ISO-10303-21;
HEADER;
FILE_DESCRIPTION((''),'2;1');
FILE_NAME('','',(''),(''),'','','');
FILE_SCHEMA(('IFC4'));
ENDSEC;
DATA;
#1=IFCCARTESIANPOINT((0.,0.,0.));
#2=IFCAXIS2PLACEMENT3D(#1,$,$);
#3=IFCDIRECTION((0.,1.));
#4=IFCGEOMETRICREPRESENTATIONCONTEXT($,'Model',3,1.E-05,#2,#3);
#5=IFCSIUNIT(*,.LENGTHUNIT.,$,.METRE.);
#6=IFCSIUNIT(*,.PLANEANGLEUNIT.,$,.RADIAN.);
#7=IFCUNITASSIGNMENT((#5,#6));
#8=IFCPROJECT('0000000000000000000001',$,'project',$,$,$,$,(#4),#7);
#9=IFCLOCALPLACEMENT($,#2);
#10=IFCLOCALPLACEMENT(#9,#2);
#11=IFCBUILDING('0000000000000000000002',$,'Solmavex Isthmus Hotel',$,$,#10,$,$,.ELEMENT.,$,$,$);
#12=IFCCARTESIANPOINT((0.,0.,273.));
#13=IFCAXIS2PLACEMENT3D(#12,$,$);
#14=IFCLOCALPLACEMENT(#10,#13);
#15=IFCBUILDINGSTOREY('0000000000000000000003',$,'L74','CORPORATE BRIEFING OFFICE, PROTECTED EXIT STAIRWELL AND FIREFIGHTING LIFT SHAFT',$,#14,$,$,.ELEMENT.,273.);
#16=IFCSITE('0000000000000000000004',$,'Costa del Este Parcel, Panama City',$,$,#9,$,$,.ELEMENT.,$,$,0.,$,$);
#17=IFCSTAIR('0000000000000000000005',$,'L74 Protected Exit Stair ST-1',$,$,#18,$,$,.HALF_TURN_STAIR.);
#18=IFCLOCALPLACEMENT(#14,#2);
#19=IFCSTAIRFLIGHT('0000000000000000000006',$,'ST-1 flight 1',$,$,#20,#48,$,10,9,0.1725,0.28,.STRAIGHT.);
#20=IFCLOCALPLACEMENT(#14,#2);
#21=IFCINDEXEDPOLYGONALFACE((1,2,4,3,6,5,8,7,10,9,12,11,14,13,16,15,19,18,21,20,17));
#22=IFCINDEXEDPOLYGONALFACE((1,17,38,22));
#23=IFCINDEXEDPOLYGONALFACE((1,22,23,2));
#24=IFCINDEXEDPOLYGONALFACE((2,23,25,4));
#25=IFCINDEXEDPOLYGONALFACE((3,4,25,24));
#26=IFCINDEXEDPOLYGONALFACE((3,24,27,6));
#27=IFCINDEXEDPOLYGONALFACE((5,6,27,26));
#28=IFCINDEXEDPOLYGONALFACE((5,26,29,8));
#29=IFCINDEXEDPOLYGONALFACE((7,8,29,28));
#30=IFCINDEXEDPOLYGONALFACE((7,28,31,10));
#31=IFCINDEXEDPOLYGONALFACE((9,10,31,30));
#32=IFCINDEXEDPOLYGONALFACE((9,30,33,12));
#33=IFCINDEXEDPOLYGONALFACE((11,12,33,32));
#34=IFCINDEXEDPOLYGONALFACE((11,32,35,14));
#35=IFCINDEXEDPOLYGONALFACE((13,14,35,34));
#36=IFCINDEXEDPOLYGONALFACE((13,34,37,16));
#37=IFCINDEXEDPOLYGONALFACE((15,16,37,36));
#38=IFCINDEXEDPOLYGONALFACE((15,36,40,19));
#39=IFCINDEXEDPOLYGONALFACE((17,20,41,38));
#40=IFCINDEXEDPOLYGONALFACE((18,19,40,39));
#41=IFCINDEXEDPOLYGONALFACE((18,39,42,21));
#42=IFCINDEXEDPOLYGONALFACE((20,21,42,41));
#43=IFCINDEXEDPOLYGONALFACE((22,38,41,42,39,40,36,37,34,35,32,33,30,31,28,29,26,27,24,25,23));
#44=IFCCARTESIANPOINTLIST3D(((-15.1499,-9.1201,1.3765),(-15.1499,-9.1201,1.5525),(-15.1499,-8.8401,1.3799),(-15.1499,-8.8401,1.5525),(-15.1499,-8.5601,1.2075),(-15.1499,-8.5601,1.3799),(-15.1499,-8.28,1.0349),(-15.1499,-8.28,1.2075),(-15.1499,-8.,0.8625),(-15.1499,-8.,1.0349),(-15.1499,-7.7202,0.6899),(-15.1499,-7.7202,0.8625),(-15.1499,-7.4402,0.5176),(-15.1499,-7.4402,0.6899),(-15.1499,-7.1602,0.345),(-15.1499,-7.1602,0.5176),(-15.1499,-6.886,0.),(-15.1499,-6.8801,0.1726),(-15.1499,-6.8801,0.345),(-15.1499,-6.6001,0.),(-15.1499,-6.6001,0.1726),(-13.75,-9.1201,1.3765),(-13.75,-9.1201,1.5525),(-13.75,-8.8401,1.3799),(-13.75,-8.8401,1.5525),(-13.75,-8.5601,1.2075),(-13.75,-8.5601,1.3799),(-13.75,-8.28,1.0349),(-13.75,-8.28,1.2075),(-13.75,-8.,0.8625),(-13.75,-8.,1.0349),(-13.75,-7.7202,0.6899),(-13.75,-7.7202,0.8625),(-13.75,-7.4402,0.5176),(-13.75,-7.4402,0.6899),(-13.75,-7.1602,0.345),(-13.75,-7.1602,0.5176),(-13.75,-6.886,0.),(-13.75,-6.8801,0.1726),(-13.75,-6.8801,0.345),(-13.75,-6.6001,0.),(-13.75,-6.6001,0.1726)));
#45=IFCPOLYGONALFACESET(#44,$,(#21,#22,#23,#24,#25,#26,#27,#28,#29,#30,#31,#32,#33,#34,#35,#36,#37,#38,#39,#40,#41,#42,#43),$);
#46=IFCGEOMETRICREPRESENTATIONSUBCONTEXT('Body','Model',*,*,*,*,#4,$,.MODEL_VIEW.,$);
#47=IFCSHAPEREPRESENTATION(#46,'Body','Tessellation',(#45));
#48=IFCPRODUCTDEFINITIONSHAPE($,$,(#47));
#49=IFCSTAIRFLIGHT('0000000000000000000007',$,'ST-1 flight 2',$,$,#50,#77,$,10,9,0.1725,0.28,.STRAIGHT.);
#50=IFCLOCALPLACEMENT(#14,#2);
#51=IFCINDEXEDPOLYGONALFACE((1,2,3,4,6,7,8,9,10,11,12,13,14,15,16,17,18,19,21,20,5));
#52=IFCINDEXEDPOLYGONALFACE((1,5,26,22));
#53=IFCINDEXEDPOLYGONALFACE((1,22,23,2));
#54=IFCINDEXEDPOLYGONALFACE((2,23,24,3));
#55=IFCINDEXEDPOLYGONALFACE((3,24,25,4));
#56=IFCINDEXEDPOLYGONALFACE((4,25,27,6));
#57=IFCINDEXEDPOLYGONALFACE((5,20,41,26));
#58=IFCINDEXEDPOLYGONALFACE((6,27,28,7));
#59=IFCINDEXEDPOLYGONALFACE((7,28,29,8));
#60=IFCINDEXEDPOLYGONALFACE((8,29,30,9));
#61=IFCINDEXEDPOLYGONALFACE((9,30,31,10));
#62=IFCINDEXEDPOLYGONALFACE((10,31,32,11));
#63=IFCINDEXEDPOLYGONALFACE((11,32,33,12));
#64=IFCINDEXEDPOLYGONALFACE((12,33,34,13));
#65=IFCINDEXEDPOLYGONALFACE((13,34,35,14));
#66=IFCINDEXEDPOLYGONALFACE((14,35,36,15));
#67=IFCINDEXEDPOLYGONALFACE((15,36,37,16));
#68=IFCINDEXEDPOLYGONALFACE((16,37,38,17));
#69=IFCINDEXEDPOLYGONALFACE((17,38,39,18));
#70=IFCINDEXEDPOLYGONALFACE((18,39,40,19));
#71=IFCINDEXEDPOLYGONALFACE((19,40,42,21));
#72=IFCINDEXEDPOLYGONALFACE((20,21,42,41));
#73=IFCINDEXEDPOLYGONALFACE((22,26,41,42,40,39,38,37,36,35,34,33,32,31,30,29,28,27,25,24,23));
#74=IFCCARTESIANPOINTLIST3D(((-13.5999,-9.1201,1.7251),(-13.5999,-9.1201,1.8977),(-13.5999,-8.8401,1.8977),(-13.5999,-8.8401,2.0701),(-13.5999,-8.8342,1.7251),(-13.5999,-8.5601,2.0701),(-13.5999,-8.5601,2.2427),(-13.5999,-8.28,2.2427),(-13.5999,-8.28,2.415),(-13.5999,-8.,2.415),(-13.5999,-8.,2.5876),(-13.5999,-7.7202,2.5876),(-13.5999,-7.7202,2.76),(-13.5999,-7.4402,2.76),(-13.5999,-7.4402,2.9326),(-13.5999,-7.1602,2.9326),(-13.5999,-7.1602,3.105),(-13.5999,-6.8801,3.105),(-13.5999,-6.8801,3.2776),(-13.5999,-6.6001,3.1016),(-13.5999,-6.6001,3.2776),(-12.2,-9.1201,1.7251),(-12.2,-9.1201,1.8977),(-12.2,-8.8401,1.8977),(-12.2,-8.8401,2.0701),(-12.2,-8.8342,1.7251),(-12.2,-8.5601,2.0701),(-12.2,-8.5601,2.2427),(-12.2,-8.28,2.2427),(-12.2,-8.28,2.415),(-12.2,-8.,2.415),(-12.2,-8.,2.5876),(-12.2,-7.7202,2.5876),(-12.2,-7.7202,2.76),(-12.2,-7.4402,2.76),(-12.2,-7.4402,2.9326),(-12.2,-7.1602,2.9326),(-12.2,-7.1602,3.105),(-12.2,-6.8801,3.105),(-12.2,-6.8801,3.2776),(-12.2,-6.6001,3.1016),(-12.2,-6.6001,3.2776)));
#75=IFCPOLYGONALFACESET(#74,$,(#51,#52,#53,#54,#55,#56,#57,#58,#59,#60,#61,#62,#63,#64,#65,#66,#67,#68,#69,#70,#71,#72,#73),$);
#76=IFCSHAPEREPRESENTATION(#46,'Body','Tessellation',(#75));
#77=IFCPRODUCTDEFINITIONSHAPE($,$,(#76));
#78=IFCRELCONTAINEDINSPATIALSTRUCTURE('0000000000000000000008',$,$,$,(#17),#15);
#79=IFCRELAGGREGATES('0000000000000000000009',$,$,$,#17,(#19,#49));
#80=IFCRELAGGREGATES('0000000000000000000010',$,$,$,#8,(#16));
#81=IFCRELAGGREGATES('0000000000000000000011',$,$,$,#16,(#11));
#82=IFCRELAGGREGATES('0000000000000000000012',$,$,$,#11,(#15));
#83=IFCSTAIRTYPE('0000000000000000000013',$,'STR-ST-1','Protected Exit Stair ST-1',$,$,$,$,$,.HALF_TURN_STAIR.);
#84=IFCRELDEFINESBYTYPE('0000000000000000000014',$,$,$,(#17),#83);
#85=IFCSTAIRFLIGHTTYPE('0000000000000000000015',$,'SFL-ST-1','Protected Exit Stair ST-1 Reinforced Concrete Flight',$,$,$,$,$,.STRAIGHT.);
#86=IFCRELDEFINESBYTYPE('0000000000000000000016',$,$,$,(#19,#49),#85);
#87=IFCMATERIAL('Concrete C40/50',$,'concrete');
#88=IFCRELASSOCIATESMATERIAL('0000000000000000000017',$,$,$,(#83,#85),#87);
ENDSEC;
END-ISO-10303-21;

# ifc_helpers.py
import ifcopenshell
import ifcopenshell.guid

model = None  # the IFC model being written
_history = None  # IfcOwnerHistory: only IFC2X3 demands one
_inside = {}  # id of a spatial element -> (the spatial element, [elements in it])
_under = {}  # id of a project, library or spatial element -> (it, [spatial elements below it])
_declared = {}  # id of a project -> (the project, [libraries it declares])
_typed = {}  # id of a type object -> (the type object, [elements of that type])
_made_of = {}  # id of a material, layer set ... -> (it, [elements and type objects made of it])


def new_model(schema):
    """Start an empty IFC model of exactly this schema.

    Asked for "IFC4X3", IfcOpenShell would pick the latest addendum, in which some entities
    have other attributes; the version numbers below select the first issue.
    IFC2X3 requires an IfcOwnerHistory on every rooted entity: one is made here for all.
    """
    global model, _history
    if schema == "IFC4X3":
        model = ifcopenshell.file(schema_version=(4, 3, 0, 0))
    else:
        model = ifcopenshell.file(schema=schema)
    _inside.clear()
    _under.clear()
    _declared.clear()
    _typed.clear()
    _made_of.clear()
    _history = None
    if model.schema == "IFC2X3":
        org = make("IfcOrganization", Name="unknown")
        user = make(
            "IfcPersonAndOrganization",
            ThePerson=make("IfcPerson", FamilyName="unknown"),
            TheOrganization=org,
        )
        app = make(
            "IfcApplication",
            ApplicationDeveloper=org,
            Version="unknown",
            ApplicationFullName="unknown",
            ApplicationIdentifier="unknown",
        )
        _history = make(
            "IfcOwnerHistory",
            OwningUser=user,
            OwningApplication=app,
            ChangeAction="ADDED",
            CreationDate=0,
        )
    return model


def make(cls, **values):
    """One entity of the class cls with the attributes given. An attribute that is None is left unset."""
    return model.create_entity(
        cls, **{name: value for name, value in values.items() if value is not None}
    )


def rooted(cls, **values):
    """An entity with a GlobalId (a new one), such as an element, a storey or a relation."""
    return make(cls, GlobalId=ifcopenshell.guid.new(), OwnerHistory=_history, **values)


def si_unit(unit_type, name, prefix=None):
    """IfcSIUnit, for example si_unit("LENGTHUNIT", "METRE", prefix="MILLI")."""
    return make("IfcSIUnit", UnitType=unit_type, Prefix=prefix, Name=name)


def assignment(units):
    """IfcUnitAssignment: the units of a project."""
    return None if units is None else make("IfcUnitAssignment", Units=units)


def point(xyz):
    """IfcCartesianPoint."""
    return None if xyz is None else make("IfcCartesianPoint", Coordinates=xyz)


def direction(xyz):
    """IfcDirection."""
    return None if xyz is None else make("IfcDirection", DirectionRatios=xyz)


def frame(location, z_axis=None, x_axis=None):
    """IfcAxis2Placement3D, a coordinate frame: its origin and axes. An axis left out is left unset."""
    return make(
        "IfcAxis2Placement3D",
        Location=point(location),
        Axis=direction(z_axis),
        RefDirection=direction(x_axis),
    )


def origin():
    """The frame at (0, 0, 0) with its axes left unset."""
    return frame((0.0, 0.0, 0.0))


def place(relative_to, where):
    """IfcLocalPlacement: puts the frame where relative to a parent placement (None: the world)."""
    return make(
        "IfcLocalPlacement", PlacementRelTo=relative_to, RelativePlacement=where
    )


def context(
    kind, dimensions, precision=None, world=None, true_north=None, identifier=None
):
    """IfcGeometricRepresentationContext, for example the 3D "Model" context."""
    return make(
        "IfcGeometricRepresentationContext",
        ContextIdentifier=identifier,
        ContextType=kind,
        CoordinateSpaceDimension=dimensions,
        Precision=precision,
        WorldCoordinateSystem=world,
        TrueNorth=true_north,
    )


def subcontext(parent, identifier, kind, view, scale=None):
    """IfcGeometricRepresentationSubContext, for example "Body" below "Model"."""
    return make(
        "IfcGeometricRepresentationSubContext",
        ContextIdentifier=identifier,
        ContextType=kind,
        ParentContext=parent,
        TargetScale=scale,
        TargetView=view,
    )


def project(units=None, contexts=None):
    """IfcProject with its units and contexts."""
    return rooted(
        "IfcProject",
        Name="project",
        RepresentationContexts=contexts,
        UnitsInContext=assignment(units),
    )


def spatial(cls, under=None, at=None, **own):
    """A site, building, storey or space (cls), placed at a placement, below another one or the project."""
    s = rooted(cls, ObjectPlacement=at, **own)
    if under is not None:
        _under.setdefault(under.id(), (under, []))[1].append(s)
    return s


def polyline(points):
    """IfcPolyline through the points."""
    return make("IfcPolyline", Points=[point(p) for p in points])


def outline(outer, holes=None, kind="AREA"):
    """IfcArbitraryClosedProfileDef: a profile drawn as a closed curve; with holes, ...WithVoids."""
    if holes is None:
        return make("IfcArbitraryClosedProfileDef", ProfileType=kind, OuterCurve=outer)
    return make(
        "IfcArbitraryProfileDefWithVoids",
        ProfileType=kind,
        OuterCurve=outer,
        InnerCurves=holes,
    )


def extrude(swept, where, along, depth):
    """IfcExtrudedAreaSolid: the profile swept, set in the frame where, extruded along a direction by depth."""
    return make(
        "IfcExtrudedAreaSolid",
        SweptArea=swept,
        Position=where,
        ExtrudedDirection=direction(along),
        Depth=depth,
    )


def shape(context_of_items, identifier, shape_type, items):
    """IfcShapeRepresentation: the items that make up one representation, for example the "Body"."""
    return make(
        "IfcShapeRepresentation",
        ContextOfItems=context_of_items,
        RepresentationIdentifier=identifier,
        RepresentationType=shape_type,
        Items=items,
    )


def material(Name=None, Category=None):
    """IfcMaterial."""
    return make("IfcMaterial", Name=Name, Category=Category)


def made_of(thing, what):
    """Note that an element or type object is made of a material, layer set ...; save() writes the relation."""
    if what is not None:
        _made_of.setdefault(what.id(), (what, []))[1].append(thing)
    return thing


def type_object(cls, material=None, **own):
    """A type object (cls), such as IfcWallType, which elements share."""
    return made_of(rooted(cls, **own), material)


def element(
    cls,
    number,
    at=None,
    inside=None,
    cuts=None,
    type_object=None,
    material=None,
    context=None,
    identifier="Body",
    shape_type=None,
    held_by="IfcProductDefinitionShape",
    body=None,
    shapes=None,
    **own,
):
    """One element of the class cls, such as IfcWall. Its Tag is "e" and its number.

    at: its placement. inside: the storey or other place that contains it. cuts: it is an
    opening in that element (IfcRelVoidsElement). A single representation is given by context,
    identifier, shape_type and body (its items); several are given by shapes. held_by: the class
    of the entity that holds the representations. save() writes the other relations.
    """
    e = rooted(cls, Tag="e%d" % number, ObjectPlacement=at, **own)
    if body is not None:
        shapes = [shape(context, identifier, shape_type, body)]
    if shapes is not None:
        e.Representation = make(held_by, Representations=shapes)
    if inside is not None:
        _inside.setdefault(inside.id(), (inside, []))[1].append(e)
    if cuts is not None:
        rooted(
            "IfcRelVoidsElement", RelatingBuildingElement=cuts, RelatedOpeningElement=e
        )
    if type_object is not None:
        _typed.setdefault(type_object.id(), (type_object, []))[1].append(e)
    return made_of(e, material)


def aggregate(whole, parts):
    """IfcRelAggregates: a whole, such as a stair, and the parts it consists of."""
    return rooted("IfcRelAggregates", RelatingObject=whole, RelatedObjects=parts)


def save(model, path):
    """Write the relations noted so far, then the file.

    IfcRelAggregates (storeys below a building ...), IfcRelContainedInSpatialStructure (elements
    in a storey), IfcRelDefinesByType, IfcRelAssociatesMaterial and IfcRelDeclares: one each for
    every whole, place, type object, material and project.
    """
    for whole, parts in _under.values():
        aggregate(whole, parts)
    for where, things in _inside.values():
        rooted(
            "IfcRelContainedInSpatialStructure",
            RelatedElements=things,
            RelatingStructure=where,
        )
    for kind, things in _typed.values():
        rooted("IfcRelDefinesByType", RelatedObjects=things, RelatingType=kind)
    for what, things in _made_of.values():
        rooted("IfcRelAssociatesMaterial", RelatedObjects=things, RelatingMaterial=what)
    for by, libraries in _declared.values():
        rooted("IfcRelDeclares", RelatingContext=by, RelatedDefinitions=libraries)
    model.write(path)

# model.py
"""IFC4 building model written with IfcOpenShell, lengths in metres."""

from ifc_helpers import new_model, si_unit, direction, frame, origin, place, context, subcontext, project, spatial, polyline, outline, extrude, material, type_object, element, aggregate, save


model = new_model("IFC4")

# Units and contexts
model_context = context("Model", 3, precision=1e-05, world=origin(), true_north=direction((0.0, 1.0)))
body_context = subcontext(model_context, "Body", "Model", "MODEL_VIEW")
ifc_project = project(units=[si_unit("LENGTHUNIT", "METRE"), si_unit("PLANEANGLEUNIT", "RADIAN")], contexts=[model_context])

# Site, building, storey
site_placement = place(None, origin())
site = spatial("IfcSite", under=ifc_project, at=site_placement, Name="Costa del Este Parcel, Panama City", CompositionType="ELEMENT", RefElevation=0.0)
building_placement = place(site_placement, origin())
building = spatial("IfcBuilding", under=site, at=building_placement, Name="Solmavex Isthmus Hotel", CompositionType="ELEMENT")
storey_placement = place(building_placement, frame((0.0, 0.0, 273.0)))
storey = spatial("IfcBuildingStorey", under=building, at=storey_placement, Name="L74", Description="CORPORATE BRIEFING OFFICE, PROTECTED EXIT STAIRWELL AND FIREFIGHTING LIFT SHAFT", CompositionType="ELEMENT", Elevation=273.0)

# Shared definitions
ifc_material_1 = material(Name="Concrete C40/50", Category="concrete")

# Stair, stair flights
stair_type = type_object("IfcStairType", Name="STR-ST-1", Description="Protected Exit Stair ST-1", PredefinedType="HALF_TURN_STAIR", material=ifc_material_1)
stair_placement = place(storey_placement, origin())
stair = element("IfcStair", 1, at=stair_placement, inside=storey, type_object=stair_type, Name="L74 Protected Exit Stair ST-1", PredefinedType="HALF_TURN_STAIR")
stair_flight_type = type_object("IfcStairFlightType", Name="SFL-ST-1", Description="Protected Exit Stair ST-1 Reinforced Concrete Flight", PredefinedType="STRAIGHT", material=ifc_material_1)
stair_flight_1_placement = place(storey_placement, frame((-14.45, -6.6001, 0.0), z_axis=(0.0, 0.0, 1.0), x_axis=(0.0, -1.0, 0.0)))
stair_flight_1 = element("IfcStairFlight", 2, at=stair_flight_1_placement, type_object=stair_flight_type, Name="ST-1 flight 1", NumberOfRisers=10, NumberOfTreads=9, PredefinedType="STRAIGHT", RiserHeight=0.1725, TreadLength=0.28, context=body_context, shape_type="SweptSolid", body=[
    extrude(outline(polyline([(0.0, 0.0), (0.0, 0.1726), (0.28, 0.1726), (0.28, 0.345), (0.5601, 0.345), (0.5601, 0.5176), (0.8401, 0.5176), (0.8401, 0.6899), (1.1201, 0.6899), (1.1201, 0.8625), (1.3999, 0.8625), (1.3999, 1.0349), (1.6799, 1.0349), (1.6799, 1.2075), (1.96, 1.2075), (1.96, 1.3799), (2.24, 1.3799), (2.24, 1.5525), (2.52, 1.5525), (2.52, 1.7251), (2.52, 1.3765), (0.2859, 0.0), (0.0, 0.0)])), frame((0.0, 0.7, 0.0), z_axis=(0.0, -1.0, 0.0), x_axis=(1.0, 0.0, 0.0)), (0.0, 0.0, 1.0), 1.3999),
])
stair_flight_2_placement = place(storey_placement, frame((-12.8999, -9.1201, 1.7251), z_axis=(0.0, 0.0, 1.0), x_axis=(0.0, 1.0, 0.0)))
stair_flight_2 = element("IfcStairFlight", 3, at=stair_flight_2_placement, type_object=stair_flight_type, Name="ST-1 flight 2", NumberOfRisers=10, NumberOfTreads=9, PredefinedType="STRAIGHT", RiserHeight=0.1725, TreadLength=0.28, context=body_context, shape_type="SweptSolid", body=[
    extrude(outline(polyline([(0.0, 0.0), (0.0, 0.1726), (0.28, 0.1726), (0.28, 0.345), (0.5601, 0.345), (0.5601, 0.5176), (0.8401, 0.5176), (0.8401, 0.6899), (1.1201, 0.6899), (1.1201, 0.8625), (1.3999, 0.8625), (1.3999, 1.0349), (1.6799, 1.0349), (1.6799, 1.2075), (1.96, 1.2075), (1.96, 1.3799), (2.24, 1.3799), (2.24, 1.5525), (2.52, 1.5525), (2.52, 1.7251), (2.52, 1.3765), (0.2859, 0.0), (0.0, 0.0)])), frame((0.0, 0.7, 0.0), z_axis=(0.0, -1.0, 0.0), x_axis=(1.0, 0.0, 0.0)), (0.0, 0.0, 1.0), 1.3999),
])
aggregate(stair, [stair_flight_1, stair_flight_2])

save(model, "model.ifc")
